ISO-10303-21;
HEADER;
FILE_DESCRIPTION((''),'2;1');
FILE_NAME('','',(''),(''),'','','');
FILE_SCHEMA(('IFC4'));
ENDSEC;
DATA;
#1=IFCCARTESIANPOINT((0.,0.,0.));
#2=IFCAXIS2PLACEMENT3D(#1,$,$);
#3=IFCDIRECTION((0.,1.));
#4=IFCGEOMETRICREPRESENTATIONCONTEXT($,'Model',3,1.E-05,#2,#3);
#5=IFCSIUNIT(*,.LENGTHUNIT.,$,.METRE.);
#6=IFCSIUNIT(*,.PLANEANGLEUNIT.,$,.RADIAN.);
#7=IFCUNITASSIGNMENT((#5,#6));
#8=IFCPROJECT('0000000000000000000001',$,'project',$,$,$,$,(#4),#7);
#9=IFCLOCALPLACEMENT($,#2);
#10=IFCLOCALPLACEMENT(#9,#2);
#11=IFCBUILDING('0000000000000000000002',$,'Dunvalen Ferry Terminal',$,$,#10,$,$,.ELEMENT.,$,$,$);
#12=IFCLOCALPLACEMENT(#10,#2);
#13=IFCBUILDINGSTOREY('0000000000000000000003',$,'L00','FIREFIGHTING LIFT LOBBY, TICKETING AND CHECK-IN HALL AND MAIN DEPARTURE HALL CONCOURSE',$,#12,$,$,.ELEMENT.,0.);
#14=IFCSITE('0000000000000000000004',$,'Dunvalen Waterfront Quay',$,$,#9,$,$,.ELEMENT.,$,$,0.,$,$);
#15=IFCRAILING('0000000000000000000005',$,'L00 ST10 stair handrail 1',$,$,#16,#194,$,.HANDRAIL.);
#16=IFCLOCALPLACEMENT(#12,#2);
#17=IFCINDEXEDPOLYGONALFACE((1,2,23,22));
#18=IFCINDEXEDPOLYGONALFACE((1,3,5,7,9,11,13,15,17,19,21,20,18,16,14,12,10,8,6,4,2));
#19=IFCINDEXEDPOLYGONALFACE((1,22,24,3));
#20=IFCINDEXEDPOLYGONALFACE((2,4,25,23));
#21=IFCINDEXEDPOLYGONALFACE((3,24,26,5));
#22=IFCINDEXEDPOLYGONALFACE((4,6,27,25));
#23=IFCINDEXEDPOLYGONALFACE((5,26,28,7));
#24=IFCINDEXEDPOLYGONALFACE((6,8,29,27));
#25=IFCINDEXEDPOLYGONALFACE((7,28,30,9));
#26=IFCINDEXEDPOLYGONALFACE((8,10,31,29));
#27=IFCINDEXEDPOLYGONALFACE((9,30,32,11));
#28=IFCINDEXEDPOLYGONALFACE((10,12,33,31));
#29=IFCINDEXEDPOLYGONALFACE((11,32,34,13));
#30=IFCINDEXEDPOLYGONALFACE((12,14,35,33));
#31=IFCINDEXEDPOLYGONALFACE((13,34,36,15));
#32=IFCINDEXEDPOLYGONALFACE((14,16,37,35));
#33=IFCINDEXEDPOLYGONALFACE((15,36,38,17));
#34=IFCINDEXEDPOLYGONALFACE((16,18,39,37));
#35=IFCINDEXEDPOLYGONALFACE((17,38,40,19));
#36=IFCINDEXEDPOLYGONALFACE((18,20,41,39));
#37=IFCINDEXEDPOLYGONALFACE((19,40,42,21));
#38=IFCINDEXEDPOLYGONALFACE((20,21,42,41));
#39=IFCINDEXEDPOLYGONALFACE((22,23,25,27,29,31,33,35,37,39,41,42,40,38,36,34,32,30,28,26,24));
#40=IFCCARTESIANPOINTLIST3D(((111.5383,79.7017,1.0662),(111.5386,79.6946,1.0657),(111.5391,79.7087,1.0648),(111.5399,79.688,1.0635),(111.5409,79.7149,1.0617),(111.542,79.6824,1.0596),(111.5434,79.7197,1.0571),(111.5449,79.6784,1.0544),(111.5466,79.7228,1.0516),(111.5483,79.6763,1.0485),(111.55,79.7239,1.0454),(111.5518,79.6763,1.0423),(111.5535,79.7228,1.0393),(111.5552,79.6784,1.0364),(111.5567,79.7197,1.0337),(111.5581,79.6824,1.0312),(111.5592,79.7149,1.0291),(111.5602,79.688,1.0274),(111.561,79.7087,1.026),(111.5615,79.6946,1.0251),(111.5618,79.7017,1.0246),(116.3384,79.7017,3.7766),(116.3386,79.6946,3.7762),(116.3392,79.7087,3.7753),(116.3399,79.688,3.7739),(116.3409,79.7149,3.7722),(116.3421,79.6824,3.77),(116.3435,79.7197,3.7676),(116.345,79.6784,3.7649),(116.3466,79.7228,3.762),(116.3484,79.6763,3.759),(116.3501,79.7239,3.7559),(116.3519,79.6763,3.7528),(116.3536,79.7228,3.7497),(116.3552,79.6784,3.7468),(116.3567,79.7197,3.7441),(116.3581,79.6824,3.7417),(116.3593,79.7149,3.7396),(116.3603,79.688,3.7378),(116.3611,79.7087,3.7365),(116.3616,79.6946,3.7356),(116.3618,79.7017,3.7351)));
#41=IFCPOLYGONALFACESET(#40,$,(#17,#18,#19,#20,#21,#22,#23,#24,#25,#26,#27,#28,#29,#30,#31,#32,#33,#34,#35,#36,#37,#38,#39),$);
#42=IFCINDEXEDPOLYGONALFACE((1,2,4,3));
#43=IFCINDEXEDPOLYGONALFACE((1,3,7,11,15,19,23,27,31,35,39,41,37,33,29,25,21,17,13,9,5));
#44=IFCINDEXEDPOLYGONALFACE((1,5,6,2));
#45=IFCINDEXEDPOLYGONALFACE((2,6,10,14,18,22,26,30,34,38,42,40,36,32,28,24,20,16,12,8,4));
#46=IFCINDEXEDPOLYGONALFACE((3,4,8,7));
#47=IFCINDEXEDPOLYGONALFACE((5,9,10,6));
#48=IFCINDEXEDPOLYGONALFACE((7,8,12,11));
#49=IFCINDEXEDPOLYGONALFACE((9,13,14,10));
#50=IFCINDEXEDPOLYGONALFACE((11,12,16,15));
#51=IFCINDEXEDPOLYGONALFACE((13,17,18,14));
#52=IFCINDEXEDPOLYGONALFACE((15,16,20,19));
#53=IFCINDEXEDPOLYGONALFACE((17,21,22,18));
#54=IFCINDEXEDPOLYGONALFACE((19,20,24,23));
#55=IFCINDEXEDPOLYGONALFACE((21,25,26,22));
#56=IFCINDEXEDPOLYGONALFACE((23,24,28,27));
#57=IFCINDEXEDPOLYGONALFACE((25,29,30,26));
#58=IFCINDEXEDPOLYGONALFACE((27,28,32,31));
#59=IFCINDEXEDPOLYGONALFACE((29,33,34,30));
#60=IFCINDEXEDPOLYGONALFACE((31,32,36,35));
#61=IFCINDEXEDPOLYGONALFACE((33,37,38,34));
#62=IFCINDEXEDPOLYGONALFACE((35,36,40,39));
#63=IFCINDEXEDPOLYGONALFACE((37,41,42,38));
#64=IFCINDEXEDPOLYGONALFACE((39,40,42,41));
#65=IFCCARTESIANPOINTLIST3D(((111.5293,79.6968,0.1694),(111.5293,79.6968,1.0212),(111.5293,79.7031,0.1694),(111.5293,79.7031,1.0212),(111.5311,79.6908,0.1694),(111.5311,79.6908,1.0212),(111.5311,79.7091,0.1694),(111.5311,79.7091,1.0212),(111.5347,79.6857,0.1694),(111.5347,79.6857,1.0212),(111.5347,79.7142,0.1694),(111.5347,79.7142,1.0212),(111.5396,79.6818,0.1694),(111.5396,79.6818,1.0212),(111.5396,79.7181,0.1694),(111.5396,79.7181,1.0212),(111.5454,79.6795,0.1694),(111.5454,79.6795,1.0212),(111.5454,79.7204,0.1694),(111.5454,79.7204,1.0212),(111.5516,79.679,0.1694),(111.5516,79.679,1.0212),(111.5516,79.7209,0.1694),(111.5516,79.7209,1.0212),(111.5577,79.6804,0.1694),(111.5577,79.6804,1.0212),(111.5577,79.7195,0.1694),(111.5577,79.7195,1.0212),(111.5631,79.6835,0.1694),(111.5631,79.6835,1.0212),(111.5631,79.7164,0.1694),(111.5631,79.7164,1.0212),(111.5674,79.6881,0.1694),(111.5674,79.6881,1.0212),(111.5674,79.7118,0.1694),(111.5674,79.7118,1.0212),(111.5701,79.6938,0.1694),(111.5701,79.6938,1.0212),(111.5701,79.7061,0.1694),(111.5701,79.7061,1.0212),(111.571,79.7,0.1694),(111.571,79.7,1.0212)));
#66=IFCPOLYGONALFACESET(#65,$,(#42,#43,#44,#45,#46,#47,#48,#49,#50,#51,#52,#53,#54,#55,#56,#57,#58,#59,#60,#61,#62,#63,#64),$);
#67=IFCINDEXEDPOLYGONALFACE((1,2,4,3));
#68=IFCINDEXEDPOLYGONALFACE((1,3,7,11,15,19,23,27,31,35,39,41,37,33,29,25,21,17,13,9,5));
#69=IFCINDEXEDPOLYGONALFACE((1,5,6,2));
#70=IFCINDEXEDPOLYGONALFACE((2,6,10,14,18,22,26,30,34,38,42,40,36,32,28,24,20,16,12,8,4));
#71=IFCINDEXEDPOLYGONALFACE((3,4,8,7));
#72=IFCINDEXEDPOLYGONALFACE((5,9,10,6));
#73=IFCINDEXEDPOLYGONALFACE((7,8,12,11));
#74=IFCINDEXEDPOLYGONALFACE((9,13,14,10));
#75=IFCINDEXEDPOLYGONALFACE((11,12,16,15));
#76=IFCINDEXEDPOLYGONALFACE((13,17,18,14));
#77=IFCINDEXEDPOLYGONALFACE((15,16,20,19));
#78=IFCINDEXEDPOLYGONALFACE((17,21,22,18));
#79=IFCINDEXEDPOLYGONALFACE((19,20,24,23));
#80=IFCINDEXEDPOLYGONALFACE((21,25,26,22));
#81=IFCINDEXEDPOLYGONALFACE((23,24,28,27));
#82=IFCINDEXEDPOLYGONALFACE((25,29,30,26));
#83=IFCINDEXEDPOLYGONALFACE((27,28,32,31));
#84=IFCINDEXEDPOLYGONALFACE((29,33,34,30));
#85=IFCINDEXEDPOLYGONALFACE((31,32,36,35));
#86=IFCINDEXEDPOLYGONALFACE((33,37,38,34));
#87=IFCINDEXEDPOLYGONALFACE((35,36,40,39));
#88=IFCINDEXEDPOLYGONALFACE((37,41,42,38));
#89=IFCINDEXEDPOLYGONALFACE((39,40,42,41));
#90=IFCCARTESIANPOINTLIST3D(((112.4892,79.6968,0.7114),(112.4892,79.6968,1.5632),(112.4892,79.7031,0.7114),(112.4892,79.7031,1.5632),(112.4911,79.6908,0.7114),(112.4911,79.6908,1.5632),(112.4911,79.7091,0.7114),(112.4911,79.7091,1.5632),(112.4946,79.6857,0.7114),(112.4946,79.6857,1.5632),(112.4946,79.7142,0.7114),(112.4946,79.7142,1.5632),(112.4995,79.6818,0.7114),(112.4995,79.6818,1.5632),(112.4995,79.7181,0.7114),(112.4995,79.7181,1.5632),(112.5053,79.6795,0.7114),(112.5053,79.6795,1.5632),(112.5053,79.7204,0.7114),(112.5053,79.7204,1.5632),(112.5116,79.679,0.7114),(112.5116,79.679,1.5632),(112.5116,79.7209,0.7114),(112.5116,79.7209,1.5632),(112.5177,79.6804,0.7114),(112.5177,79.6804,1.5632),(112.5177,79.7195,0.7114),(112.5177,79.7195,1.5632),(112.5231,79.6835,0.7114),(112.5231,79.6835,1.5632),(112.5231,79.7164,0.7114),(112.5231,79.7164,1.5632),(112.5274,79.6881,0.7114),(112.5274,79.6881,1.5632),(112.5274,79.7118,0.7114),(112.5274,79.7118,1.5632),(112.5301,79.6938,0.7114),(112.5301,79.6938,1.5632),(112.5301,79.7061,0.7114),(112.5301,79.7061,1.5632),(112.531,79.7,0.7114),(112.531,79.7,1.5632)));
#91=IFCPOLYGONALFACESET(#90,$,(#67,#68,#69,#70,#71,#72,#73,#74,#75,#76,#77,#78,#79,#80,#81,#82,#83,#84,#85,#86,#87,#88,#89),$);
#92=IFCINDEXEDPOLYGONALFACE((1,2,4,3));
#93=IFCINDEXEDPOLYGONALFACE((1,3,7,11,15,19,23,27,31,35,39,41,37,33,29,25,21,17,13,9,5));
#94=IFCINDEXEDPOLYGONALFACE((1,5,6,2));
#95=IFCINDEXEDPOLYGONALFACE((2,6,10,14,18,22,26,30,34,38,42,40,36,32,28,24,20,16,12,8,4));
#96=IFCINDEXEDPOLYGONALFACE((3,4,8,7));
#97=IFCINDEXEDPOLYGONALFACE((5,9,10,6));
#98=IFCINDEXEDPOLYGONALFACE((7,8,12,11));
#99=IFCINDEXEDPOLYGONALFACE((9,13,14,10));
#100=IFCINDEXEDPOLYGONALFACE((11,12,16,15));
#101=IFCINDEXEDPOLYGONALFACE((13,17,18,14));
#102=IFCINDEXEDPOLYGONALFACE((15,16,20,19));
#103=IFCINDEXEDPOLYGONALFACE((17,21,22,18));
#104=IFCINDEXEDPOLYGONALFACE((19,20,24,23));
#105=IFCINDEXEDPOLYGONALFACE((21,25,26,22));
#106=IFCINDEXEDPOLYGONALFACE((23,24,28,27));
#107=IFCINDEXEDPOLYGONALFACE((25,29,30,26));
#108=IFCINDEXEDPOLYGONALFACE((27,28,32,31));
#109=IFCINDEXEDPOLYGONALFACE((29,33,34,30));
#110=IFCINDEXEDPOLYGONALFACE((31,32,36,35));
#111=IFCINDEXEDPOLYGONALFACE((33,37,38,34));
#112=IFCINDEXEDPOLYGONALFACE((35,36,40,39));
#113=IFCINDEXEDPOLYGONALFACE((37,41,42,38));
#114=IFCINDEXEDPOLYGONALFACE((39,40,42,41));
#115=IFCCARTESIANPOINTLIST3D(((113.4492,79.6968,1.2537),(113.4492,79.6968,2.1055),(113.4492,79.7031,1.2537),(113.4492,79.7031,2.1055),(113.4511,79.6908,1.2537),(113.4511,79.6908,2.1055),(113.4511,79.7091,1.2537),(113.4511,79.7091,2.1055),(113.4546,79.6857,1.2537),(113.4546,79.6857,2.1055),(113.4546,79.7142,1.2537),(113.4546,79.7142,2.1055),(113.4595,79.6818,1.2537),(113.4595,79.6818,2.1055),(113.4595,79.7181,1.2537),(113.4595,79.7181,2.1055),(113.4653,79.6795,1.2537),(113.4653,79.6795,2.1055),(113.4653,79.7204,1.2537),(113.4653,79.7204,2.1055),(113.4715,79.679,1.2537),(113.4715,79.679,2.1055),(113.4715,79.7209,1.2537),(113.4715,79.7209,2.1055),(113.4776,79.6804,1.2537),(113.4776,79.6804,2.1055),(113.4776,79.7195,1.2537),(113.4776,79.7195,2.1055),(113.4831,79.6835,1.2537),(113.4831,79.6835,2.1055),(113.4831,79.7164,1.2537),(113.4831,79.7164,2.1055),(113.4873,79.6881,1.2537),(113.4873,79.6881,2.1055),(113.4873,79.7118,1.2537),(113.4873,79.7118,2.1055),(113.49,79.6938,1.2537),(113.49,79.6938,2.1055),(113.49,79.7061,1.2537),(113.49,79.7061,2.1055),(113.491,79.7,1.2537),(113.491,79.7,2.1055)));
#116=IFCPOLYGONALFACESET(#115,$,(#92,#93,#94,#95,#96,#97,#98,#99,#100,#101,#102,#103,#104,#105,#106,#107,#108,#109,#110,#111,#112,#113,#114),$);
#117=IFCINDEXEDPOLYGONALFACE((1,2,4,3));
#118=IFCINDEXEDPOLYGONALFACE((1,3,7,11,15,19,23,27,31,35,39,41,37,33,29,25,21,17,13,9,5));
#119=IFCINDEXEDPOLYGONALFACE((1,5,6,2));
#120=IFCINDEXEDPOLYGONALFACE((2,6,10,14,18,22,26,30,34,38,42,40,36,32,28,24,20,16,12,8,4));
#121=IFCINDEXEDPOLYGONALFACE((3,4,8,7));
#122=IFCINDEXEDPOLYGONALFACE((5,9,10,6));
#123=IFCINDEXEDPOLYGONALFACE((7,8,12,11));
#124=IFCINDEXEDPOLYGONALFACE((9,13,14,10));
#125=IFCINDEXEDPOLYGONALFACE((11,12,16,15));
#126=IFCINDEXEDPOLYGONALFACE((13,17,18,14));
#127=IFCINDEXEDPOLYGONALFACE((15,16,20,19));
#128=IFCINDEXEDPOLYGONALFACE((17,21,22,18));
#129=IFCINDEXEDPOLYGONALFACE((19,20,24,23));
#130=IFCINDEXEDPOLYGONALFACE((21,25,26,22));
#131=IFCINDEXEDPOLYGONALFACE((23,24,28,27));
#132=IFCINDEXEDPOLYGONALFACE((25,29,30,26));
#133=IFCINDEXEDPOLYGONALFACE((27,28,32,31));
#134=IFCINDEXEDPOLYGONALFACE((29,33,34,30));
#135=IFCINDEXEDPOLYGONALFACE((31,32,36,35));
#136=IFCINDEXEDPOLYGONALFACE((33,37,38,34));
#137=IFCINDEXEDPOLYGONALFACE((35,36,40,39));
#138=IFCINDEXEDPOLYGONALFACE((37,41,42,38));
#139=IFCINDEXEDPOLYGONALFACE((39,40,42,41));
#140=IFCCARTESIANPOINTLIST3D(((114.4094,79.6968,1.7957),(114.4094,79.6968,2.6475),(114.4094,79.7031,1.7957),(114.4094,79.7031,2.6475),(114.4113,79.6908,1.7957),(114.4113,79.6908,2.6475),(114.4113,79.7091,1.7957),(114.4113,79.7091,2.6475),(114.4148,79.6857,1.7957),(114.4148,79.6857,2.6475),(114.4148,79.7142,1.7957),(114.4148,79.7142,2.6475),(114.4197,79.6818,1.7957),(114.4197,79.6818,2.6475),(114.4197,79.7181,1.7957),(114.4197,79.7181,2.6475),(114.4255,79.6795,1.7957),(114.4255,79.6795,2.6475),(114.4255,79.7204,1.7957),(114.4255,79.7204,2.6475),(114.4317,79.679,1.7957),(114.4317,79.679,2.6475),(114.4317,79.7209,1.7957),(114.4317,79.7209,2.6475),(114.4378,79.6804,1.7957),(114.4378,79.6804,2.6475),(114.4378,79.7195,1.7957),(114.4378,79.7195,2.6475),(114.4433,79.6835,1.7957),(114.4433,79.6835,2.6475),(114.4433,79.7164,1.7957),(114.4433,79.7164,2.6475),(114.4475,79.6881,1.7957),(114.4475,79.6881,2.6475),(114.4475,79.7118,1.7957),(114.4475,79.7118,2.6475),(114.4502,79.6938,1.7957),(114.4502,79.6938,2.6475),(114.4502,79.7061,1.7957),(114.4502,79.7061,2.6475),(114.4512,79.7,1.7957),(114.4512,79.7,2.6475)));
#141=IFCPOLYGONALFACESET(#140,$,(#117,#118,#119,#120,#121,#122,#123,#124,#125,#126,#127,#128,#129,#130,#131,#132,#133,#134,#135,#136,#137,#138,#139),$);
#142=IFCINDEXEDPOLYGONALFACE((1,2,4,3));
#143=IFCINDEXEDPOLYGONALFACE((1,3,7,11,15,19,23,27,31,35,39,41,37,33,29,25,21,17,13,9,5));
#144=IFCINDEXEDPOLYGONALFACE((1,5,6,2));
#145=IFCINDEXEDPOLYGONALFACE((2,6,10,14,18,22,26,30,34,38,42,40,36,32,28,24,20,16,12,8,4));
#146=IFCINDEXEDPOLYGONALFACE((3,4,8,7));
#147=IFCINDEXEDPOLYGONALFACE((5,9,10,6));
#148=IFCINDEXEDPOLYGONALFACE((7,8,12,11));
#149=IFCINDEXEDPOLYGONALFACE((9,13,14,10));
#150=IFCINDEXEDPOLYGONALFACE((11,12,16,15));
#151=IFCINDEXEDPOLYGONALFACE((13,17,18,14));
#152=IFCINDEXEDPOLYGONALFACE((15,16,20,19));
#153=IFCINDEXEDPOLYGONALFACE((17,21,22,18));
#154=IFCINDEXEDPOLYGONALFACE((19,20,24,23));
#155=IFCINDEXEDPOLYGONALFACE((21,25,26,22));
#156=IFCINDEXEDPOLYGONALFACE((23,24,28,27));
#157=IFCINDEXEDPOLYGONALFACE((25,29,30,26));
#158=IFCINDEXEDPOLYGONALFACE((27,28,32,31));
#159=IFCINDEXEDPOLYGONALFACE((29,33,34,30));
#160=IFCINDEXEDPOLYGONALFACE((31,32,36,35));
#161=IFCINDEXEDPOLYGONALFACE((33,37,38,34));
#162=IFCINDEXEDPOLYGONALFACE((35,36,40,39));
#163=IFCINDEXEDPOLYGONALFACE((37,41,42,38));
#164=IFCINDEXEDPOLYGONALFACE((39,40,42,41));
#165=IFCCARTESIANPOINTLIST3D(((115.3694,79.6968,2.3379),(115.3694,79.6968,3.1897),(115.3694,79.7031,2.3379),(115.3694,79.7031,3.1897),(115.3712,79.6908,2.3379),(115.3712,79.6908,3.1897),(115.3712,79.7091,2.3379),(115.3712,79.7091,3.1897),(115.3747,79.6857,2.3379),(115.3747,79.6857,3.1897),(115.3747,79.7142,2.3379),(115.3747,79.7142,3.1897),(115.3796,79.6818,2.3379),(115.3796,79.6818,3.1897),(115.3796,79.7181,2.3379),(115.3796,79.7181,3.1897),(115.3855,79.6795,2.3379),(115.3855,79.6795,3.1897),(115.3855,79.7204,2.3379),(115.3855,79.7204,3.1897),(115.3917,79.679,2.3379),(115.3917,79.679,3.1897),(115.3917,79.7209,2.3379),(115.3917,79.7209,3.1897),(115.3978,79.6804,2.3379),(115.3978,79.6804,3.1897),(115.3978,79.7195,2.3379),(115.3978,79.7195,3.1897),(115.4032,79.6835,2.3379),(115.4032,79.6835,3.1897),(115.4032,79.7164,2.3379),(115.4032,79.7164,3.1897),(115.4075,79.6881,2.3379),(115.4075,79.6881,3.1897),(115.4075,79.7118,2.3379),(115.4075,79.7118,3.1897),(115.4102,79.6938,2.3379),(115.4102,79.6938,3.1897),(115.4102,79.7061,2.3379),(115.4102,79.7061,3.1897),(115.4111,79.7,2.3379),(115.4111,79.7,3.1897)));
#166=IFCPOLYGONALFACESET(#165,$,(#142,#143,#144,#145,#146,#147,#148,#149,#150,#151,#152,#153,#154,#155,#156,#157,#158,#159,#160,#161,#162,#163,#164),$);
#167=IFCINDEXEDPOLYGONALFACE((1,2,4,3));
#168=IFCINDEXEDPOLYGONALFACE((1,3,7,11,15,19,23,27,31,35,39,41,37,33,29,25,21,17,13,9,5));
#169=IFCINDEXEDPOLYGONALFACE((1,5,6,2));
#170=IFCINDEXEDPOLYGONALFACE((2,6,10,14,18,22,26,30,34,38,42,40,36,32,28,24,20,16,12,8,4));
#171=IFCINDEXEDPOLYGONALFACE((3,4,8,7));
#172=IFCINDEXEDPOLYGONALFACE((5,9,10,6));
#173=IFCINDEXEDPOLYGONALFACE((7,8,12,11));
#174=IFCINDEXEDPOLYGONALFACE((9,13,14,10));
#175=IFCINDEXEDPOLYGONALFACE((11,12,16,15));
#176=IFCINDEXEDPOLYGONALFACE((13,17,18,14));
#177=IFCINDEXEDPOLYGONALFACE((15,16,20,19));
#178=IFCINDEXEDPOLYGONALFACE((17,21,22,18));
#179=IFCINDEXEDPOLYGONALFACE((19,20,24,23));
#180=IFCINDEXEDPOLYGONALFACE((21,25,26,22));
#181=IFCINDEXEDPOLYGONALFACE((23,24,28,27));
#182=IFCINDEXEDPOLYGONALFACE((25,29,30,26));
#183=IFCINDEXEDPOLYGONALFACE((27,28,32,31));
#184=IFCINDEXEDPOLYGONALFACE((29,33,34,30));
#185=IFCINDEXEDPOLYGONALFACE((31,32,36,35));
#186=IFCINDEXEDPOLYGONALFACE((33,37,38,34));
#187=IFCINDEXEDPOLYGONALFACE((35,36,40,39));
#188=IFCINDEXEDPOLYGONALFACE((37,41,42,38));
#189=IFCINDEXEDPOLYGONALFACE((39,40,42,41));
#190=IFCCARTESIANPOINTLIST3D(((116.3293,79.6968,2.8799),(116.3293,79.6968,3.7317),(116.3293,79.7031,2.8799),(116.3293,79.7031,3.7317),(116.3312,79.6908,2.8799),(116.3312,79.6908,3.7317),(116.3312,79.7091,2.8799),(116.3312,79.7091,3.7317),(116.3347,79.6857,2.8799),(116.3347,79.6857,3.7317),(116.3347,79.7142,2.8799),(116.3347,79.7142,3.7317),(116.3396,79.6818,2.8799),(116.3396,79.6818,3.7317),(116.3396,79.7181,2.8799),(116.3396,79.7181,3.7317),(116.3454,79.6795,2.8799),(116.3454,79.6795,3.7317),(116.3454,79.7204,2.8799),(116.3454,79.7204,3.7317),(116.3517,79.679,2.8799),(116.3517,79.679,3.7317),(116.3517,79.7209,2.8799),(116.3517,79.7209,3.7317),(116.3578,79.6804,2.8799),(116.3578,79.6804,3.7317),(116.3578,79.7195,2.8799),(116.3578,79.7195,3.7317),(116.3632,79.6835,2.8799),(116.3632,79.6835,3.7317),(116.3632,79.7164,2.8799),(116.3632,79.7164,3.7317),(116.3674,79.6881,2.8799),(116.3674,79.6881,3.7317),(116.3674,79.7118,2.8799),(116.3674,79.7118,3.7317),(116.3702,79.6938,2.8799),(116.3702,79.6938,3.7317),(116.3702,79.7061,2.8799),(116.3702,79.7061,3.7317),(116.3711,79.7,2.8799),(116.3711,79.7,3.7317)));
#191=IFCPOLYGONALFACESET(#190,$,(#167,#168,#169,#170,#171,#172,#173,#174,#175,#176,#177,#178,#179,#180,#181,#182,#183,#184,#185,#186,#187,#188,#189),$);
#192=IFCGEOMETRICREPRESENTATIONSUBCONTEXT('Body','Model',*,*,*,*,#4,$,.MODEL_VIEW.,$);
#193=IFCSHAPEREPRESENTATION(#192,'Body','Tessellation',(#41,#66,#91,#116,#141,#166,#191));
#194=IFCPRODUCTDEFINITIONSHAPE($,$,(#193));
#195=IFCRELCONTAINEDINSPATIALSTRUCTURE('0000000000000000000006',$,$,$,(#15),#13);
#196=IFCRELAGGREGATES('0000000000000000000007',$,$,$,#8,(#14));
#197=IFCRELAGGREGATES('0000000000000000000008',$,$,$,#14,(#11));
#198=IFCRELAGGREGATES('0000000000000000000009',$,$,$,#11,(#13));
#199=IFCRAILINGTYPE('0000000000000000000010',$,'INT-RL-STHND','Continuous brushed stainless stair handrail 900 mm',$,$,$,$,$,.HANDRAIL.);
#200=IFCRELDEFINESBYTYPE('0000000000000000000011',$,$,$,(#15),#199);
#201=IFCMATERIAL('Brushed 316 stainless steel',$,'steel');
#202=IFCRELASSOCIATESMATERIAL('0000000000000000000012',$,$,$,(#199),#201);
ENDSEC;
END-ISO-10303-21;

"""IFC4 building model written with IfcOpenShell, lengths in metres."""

from ifc_helpers import new_model, si_unit, direction, frame, origin, origin_2d, place, context, subcontext, project, spatial, circle, extrude, material, type_object, element, save


model = new_model("IFC4")

# Units and contexts
model_context = context("Model", 3, precision=1e-05, world=origin(), true_north=direction((0.0, 1.0)))
body_context = subcontext(model_context, "Body", "Model", "MODEL_VIEW")
ifc_project = project(units=[si_unit("LENGTHUNIT", "METRE"), si_unit("PLANEANGLEUNIT", "RADIAN")], contexts=[model_context])

# Site, building, storey
site_placement = place(None, origin())
site = spatial("IfcSite", under=ifc_project, at=site_placement, Name="Dunvalen Waterfront Quay", CompositionType="ELEMENT", RefElevation=0.0)
building_placement = place(site_placement, origin())
building = spatial("IfcBuilding", under=site, at=building_placement, Name="Dunvalen Ferry Terminal", CompositionType="ELEMENT")
storey_placement = place(building_placement, origin())
storey = spatial("IfcBuildingStorey", under=building, at=storey_placement, Name="L00", Description="FIREFIGHTING LIFT LOBBY, TICKETING AND CHECK-IN HALL AND MAIN DEPARTURE HALL CONCOURSE", CompositionType="ELEMENT", Elevation=0.0)

# Railing
ifc_material_1 = material(Name="Brushed 316 stainless steel", Category="steel")
railing_type_1 = type_object("IfcRailingType", Name="INT-RL-STHND", Description="Continuous brushed stainless stair handrail 900 mm", PredefinedType="HANDRAIL", material=ifc_material_1)
railing_1_placement = place(storey_placement, frame((111.55, 79.7, 0.1694)))
element("IfcRailing", 1, at=railing_1_placement, inside=storey, type_object=railing_type_1, Name="L00 ST10 stair handrail 1", PredefinedType="HANDRAIL", context=body_context, shape_type="SweptSolid", body=[
    extrude(circle(Radius=0.0239, at=origin_2d()), frame((0.0, 0.0, 0.876), z_axis=(0.870767, 0.0, 0.491697), x_axis=(0.0, 1.0, 0.0)), (0.0, 0.0, 1.0), 5.5125),
    extrude(circle(Radius=0.021, at=origin_2d()), origin(), (0.0, 0.0, 1.0), 0.8518),
    extrude(circle(Radius=0.021, at=origin_2d()), frame((0.96, 0.0, 0.542)), (0.0, 0.0, 1.0), 0.8518),
    extrude(circle(Radius=0.021, at=origin_2d()), frame((1.9199, 0.0, 1.0842)), (0.0, 0.0, 1.0), 0.8518),
    extrude(circle(Radius=0.021, at=origin_2d()), frame((2.8801, 0.0, 1.6262)), (0.0, 0.0, 1.0), 0.8518),
    extrude(circle(Radius=0.021, at=origin_2d()), frame((3.8401, 0.0, 2.1685)), (0.0, 0.0, 1.0), 0.8518),
    extrude(circle(Radius=0.021, at=origin_2d()), frame((4.8, 0.0, 2.7104)), (0.0, 0.0, 1.0), 0.8518),
])

save(model, "model.ifc")
